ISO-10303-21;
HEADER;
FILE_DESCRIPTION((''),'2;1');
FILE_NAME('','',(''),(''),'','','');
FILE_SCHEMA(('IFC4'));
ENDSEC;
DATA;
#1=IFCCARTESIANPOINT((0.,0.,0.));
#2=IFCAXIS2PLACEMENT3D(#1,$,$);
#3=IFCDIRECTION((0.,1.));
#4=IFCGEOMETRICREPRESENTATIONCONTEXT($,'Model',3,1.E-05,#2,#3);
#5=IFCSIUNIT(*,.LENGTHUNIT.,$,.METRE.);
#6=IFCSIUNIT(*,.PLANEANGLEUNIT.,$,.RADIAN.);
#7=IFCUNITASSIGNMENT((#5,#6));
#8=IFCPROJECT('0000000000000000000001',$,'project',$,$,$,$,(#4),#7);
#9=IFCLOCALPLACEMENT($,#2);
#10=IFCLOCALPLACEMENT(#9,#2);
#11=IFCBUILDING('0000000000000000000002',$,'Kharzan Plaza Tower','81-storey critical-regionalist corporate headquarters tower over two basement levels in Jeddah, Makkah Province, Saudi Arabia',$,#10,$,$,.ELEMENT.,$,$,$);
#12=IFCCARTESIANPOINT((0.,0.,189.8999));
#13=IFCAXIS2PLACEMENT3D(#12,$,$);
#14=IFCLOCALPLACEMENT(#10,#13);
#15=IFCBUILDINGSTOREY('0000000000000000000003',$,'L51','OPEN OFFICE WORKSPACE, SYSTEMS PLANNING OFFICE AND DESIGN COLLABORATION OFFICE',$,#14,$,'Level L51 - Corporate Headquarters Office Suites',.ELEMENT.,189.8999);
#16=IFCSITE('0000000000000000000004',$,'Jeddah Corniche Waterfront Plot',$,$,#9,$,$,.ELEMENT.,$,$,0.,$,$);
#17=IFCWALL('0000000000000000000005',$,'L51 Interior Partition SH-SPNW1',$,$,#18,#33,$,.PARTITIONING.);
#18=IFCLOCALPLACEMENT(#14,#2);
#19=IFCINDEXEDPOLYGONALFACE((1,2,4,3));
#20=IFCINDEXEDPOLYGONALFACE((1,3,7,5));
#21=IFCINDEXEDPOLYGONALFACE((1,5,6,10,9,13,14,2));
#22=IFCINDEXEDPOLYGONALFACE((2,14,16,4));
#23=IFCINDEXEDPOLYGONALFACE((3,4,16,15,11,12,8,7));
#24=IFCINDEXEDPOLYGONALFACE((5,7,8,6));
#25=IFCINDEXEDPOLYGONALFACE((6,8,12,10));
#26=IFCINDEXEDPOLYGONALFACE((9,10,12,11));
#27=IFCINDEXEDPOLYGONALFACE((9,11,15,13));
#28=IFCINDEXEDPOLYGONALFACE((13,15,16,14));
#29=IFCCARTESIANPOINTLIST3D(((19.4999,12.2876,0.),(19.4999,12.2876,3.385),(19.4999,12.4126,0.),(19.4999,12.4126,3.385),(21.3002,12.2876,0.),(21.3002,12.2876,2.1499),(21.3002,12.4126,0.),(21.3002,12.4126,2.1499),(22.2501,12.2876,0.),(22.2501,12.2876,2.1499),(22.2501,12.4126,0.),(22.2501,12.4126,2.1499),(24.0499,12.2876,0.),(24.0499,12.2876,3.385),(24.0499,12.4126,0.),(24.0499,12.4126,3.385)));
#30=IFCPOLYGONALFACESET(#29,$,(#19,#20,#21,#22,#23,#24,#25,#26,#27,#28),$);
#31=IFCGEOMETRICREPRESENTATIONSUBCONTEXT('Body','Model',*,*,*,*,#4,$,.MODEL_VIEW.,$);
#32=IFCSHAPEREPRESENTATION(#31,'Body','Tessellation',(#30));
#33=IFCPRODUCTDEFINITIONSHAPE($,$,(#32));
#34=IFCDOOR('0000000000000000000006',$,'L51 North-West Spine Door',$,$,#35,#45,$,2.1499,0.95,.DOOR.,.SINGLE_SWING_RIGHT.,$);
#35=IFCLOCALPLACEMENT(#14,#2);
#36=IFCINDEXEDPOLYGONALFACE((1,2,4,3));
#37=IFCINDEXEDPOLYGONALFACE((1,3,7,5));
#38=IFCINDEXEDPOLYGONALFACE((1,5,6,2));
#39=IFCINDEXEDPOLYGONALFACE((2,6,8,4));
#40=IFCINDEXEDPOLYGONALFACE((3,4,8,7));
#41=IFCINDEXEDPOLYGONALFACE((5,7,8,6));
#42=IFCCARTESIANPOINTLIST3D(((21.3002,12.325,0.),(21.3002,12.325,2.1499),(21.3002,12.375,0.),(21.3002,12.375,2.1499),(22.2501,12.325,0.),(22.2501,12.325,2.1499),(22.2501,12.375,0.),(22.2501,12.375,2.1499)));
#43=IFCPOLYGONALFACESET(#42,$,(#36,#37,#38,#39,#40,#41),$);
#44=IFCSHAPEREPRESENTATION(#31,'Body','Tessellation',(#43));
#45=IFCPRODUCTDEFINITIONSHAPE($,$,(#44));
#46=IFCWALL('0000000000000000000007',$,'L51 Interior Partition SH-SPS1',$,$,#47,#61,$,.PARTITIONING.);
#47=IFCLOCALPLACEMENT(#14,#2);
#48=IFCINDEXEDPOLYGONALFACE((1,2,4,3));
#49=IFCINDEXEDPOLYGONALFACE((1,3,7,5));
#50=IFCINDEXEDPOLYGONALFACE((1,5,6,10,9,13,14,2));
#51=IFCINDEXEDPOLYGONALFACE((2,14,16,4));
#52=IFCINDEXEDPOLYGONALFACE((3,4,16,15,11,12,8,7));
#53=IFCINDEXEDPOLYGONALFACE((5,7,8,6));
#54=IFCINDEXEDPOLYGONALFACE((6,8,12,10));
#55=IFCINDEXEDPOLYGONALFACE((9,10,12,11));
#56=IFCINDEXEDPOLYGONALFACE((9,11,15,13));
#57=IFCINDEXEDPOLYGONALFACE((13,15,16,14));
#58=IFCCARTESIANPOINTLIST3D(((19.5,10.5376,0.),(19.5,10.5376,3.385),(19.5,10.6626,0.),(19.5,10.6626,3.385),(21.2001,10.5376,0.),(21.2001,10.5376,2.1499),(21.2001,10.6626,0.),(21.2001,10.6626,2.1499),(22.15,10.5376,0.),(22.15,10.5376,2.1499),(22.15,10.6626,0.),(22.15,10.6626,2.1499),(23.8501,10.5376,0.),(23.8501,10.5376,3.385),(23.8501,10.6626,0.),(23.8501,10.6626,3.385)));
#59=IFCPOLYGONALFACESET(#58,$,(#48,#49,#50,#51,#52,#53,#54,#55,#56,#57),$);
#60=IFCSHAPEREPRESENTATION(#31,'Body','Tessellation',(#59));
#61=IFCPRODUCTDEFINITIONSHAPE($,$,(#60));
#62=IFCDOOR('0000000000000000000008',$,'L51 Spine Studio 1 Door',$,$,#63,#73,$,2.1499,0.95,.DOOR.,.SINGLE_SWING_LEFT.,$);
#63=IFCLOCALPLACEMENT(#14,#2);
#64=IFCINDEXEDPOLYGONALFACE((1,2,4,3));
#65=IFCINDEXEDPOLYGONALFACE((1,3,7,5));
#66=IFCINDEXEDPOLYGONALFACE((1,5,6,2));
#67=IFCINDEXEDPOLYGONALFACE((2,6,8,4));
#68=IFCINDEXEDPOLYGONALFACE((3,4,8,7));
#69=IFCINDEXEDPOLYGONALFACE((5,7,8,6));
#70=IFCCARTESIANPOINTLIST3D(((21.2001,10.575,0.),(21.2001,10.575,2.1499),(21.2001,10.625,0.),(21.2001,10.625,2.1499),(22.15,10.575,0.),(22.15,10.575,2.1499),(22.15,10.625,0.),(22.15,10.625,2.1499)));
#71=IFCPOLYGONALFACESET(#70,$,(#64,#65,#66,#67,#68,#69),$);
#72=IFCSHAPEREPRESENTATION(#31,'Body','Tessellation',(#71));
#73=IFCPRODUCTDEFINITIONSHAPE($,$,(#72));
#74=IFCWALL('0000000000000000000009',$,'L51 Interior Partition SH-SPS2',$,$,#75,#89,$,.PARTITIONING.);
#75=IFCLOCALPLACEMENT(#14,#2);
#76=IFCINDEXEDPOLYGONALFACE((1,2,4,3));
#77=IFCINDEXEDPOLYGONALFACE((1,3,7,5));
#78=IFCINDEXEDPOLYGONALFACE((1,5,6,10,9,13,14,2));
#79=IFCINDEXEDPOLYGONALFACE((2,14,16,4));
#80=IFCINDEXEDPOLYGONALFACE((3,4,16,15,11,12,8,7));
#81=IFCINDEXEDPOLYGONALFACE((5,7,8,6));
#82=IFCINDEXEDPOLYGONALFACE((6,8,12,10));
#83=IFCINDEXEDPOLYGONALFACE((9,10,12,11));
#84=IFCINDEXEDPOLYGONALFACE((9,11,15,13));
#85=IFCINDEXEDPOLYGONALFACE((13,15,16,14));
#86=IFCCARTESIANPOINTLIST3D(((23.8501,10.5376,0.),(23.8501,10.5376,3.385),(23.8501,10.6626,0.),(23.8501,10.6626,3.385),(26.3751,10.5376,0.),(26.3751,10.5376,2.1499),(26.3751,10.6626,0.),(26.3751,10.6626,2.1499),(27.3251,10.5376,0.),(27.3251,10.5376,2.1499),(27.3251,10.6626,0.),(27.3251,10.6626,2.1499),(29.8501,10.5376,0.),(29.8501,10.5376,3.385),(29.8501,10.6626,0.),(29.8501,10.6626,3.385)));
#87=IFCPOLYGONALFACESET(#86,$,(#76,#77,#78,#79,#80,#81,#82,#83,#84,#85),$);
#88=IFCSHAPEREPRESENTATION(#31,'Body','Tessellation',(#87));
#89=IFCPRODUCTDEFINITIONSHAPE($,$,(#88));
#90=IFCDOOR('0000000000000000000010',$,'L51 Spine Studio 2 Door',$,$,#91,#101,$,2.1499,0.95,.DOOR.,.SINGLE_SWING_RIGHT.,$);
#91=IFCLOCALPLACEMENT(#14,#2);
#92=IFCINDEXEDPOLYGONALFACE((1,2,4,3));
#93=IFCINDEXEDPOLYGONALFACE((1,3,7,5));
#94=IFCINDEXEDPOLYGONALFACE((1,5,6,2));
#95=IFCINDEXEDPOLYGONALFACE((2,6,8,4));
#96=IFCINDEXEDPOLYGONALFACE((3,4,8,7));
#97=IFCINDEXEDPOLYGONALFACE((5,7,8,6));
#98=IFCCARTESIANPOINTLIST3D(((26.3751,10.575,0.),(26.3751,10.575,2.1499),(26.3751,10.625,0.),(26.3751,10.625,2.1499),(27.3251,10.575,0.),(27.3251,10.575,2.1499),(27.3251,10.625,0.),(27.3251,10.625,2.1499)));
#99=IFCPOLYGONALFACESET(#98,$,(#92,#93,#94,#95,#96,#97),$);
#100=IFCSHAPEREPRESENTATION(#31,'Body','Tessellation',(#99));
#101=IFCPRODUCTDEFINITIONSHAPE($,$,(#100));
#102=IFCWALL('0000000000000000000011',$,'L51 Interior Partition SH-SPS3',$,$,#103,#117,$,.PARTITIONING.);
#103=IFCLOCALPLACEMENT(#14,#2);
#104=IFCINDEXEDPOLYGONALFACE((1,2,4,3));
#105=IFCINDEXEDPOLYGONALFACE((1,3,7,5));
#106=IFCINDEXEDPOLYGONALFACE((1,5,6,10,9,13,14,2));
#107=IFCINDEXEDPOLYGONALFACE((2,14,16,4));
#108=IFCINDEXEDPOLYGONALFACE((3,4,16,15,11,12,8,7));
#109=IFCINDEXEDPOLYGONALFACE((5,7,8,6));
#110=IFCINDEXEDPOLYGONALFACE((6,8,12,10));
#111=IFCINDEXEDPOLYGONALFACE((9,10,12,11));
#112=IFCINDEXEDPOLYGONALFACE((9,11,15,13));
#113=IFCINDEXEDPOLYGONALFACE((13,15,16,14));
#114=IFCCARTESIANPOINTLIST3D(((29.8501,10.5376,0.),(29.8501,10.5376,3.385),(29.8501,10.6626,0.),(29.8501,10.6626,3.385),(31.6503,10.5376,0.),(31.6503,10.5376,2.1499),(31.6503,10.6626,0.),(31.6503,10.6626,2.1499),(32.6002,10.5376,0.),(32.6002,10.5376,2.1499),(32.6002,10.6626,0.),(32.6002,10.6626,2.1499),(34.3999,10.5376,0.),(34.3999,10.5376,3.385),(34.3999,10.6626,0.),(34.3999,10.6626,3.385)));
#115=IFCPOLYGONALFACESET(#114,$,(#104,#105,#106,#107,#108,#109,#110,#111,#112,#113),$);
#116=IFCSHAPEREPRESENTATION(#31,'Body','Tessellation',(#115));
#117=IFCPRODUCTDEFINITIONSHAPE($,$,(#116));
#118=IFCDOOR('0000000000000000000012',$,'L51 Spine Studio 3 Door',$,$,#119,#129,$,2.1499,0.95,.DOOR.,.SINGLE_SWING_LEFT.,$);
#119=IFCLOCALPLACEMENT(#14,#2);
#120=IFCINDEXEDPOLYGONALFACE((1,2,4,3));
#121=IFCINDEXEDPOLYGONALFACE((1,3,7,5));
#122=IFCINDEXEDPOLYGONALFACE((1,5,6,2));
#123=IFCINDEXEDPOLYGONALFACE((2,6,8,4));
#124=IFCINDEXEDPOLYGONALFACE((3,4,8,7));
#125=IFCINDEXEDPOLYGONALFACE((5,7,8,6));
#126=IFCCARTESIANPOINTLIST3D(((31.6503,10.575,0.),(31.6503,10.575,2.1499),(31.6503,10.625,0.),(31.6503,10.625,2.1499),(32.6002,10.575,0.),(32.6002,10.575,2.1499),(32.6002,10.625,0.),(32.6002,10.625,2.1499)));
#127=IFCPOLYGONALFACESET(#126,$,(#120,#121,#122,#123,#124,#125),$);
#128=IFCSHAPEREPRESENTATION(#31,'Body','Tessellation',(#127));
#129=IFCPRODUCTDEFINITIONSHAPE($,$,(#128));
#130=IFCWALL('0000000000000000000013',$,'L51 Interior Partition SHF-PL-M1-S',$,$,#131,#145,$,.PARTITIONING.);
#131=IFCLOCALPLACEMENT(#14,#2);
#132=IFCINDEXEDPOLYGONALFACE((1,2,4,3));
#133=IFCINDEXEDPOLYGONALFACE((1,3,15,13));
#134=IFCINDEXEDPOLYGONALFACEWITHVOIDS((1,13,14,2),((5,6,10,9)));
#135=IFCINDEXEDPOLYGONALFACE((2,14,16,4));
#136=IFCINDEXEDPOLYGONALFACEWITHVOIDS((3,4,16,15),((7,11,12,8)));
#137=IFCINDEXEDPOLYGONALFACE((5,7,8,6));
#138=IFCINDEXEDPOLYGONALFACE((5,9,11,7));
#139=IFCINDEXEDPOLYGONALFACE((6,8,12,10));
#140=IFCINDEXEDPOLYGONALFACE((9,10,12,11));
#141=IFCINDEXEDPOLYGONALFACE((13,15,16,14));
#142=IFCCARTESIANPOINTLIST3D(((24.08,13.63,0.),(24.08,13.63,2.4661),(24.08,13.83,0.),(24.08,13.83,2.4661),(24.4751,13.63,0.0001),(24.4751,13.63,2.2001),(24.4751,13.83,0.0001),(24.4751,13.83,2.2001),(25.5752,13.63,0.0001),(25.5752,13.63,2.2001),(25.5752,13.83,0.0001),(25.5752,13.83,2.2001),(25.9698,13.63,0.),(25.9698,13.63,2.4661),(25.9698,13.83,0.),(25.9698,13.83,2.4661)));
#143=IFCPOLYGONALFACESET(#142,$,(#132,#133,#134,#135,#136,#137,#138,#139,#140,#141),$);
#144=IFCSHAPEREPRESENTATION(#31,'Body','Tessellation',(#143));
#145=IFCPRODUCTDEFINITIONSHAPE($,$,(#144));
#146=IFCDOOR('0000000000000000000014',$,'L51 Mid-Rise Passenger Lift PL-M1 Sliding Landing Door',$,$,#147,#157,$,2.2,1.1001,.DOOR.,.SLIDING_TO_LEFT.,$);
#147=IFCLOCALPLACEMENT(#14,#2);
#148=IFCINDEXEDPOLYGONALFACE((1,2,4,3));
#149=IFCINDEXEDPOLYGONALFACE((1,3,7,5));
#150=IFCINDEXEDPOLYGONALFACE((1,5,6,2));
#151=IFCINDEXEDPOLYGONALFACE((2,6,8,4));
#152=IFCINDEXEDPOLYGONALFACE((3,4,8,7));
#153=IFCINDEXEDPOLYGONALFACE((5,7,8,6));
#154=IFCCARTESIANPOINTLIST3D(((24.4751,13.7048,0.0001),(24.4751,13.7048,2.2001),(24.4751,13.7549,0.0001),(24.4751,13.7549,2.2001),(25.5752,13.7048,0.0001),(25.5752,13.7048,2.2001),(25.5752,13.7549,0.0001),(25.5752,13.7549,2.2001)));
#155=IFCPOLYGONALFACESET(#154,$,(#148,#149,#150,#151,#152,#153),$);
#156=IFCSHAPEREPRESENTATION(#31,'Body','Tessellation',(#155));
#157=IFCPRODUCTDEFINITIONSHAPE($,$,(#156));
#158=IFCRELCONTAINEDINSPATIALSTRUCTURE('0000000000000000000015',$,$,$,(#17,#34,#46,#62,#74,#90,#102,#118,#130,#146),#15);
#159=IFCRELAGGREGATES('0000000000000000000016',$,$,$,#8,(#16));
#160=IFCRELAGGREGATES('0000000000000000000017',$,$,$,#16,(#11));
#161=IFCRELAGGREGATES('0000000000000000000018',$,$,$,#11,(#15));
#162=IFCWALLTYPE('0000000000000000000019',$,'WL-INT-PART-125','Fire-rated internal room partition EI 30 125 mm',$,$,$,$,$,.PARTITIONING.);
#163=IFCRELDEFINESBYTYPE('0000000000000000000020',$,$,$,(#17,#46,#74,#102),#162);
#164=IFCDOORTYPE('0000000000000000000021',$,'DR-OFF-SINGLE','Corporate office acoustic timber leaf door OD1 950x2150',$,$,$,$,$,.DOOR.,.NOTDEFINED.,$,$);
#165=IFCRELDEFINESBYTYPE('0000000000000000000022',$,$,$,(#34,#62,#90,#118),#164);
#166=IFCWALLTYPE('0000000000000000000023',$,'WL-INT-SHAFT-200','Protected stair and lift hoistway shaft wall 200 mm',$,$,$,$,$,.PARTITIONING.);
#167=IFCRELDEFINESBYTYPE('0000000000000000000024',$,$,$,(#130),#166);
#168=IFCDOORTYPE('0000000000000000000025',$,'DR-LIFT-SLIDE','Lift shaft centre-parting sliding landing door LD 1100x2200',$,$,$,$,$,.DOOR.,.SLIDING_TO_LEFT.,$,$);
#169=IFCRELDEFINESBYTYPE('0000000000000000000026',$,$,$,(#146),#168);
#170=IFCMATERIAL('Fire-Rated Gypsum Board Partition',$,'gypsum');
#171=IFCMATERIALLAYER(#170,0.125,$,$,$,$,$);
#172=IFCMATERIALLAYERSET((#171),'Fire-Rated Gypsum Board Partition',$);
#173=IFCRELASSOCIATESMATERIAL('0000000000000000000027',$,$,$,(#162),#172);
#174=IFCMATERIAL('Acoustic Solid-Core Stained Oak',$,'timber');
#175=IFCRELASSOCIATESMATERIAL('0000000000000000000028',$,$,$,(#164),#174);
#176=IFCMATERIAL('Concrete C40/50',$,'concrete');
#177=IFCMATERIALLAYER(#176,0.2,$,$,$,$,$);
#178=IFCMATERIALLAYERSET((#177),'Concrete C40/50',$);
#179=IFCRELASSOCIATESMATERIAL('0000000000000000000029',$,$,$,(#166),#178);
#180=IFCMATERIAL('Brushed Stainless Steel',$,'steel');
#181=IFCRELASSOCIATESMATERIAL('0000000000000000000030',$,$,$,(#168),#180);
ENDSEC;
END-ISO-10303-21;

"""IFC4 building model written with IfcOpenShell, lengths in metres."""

from ifc_helpers import new_model, si_unit, direction, frame, frame_2d, origin, place, context, subcontext, project, spatial, rectangle, extrude, source, transform, mapped, material, layer, layer_set, type_object, element, fill, save


model = new_model("IFC4")

# Units and contexts
model_context = context("Model", 3, precision=1e-05, world=origin(), true_north=direction((0.0, 1.0)))
body_context = subcontext(model_context, "Body", "Model", "MODEL_VIEW")
ifc_project = project(units=[si_unit("LENGTHUNIT", "METRE"), si_unit("PLANEANGLEUNIT", "RADIAN")], contexts=[model_context])

# Site, building, storey
site_placement = place(None, origin())
site = spatial("IfcSite", under=ifc_project, at=site_placement, Name="Jeddah Corniche Waterfront Plot", CompositionType="ELEMENT", RefElevation=0.0)
building_placement = place(site_placement, origin())
building = spatial("IfcBuilding", under=site, at=building_placement, Name="Kharzan Plaza Tower", Description="81-storey critical-regionalist corporate headquarters tower over two basement levels in Jeddah, Makkah Province, Saudi Arabia", CompositionType="ELEMENT")
storey_placement = place(building_placement, frame((0.0, 0.0, 189.8999)))
storey = spatial("IfcBuildingStorey", under=building, at=storey_placement, Name="L51", Description="OPEN OFFICE WORKSPACE, SYSTEMS PLANNING OFFICE AND DESIGN COLLABORATION OFFICE", LongName="Level L51 - Corporate Headquarters Office Suites", CompositionType="ELEMENT", Elevation=189.8999)

# Walls, openings, doors
ifc_material_1 = material(Name="Fire-Rated Gypsum Board Partition", Category="gypsum")
ifc_layer_1 = layer(ifc_material_1, 0.125)
ifc_layer_set_1 = layer_set([ifc_layer_1], Name="Fire-Rated Gypsum Board Partition")
wall_type_1 = type_object("IfcWallType", Name="WL-INT-PART-125", Description="Fire-rated internal room partition EI 30 125 mm", PredefinedType="PARTITIONING", material=ifc_layer_set_1)
wall_1_placement = place(storey_placement, frame((19.5, 12.3501, 0.0), z_axis=(0.0, 0.0, 1.0), x_axis=(1.0, 0.0, 0.0)))
wall_1 = element("IfcWall", 1, at=wall_1_placement, inside=storey, type_object=wall_type_1, Name="L51 Interior Partition SH-SPNW1", PredefinedType="PARTITIONING", context=body_context, shape_type="SweptSolid", body=[
    extrude(rectangle(XDim=4.55, YDim=0.125, at=frame_2d((2.2749, 0.0))), origin(), (0.0, 0.0, 1.0), 3.385),
])
opening_1_placement = place(wall_1_placement, frame((1.8, 0.0, 0.0)))
opening_1 = element("IfcOpeningElement", 2, at=opening_1_placement, cuts=wall_1, PredefinedType="OPENING", context=body_context, shape_type="SweptSolid", body=[
    extrude(rectangle(XDim=0.95, YDim=2.1499, at=frame_2d((0.4751, 1.075))), frame((0.0, 0.0725, 0.0), z_axis=(0.0, -1.0, 0.0), x_axis=(1.0, 0.0, 0.0)), (0.0, 0.0, 1.0), 0.145),
])
ifc_material_2 = material(Name="Acoustic Solid-Core Stained Oak", Category="timber")
door_type_1 = type_object("IfcDoorType", Name="DR-OFF-SINGLE", Description="Corporate office acoustic timber leaf door OD1 950x2150", OperationType="NOTDEFINED", PredefinedType="DOOR", material=ifc_material_2)
shared_shape_1 = source(origin(), body_context, "Body", "SweptSolid", [
    extrude(rectangle(XDim=0.95, YDim=2.1499, at=frame_2d((0.4751, 1.075))), frame((0.0, 0.0249, 0.0), z_axis=(0.0, -1.0, 0.0), x_axis=(1.0, 0.0, 0.0)), (0.0, 0.0, 1.0), 0.05),
])
door_1_placement = place(opening_1_placement, origin())
door_1 = element("IfcDoor", 3, at=door_1_placement, inside=storey, type_object=door_type_1, Name="L51 North-West Spine Door", OperationType="SINGLE_SWING_RIGHT", OverallHeight=2.1499, OverallWidth=0.95, PredefinedType="DOOR", context=body_context, shape_type="MappedRepresentation", body=[
    mapped(shared_shape_1, transform((0.0, 0.0, 0.0), x_axis=(1.0, 0.0, 0.0), y_axis=(0.0, 1.0, 0.0), z_axis=(0.0, 0.0, 1.0))),
])
fill(opening_1, door_1)
wall_2_placement = place(storey_placement, frame((19.5, 10.6001, 0.0), z_axis=(0.0, 0.0, 1.0), x_axis=(1.0, 0.0, 0.0)))
wall_2 = element("IfcWall", 4, at=wall_2_placement, inside=storey, type_object=wall_type_1, Name="L51 Interior Partition SH-SPS1", PredefinedType="PARTITIONING", context=body_context, shape_type="SweptSolid", body=[
    extrude(rectangle(XDim=4.3501, YDim=0.125, at=frame_2d((2.175, 0.0))), origin(), (0.0, 0.0, 1.0), 3.385),
])
opening_2_placement = place(wall_2_placement, frame((1.7, 0.0, 0.0)))
opening_2 = element("IfcOpeningElement", 5, at=opening_2_placement, cuts=wall_2, PredefinedType="OPENING", context=body_context, shape_type="SweptSolid", body=[
    extrude(rectangle(XDim=0.95, YDim=2.1499, at=frame_2d((0.4751, 1.075))), frame((0.0, 0.0725, 0.0), z_axis=(0.0, -1.0, 0.0), x_axis=(1.0, 0.0, 0.0)), (0.0, 0.0, 1.0), 0.145),
])
door_2_placement = place(opening_2_placement, origin())
door_2 = element("IfcDoor", 6, at=door_2_placement, inside=storey, type_object=door_type_1, Name="L51 Spine Studio 1 Door", OperationType="SINGLE_SWING_LEFT", OverallHeight=2.1499, OverallWidth=0.95, PredefinedType="DOOR", context=body_context, shape_type="MappedRepresentation", body=[
    mapped(shared_shape_1, transform((0.0, 0.0, 0.0), x_axis=(1.0, 0.0, 0.0), y_axis=(0.0, 1.0, 0.0), z_axis=(0.0, 0.0, 1.0))),
])
fill(opening_2, door_2)
wall_3_placement = place(storey_placement, frame((23.8501, 10.6001, 0.0), z_axis=(0.0, 0.0, 1.0), x_axis=(1.0, 0.0, 0.0)))
wall_3 = element("IfcWall", 7, at=wall_3_placement, inside=storey, type_object=wall_type_1, Name="L51 Interior Partition SH-SPS2", PredefinedType="PARTITIONING", context=body_context, shape_type="SweptSolid", body=[
    extrude(rectangle(XDim=6.0, YDim=0.125, at=frame_2d((3.0, 0.0))), origin(), (0.0, 0.0, 1.0), 3.385),
])
opening_3_placement = place(wall_3_placement, frame((2.5249, 0.0, 0.0)))
opening_3 = element("IfcOpeningElement", 8, at=opening_3_placement, cuts=wall_3, PredefinedType="OPENING", context=body_context, shape_type="SweptSolid", body=[
    extrude(rectangle(XDim=0.95, YDim=2.1499, at=frame_2d((0.4751, 1.075))), frame((0.0, 0.0725, 0.0), z_axis=(0.0, -1.0, 0.0), x_axis=(1.0, 0.0, 0.0)), (0.0, 0.0, 1.0), 0.145),
])
door_3_placement = place(opening_3_placement, origin())
door_3 = element("IfcDoor", 9, at=door_3_placement, inside=storey, type_object=door_type_1, Name="L51 Spine Studio 2 Door", OperationType="SINGLE_SWING_RIGHT", OverallHeight=2.1499, OverallWidth=0.95, PredefinedType="DOOR", context=body_context, shape_type="MappedRepresentation", body=[
    mapped(shared_shape_1, transform((0.0, 0.0, 0.0), x_axis=(1.0, 0.0, 0.0), y_axis=(0.0, 1.0, 0.0), z_axis=(0.0, 0.0, 1.0))),
])
fill(opening_3, door_3)
wall_4_placement = place(storey_placement, frame((29.8501, 10.6001, 0.0), z_axis=(0.0, 0.0, 1.0), x_axis=(1.0, 0.0, 0.0)))
wall_4 = element("IfcWall", 10, at=wall_4_placement, inside=storey, type_object=wall_type_1, Name="L51 Interior Partition SH-SPS3", PredefinedType="PARTITIONING", context=body_context, shape_type="SweptSolid", body=[
    extrude(rectangle(XDim=4.5498, YDim=0.125, at=frame_2d((2.2749, 0.0))), origin(), (0.0, 0.0, 1.0), 3.385),
])
opening_4_placement = place(wall_4_placement, frame((1.8, 0.0, 0.0)))
opening_4 = element("IfcOpeningElement", 11, at=opening_4_placement, cuts=wall_4, PredefinedType="OPENING", context=body_context, shape_type="SweptSolid", body=[
    extrude(rectangle(XDim=0.95, YDim=2.1499, at=frame_2d((0.4751, 1.075))), frame((0.0, 0.0725, 0.0), z_axis=(0.0, -1.0, 0.0), x_axis=(1.0, 0.0, 0.0)), (0.0, 0.0, 1.0), 0.145),
])
door_4_placement = place(opening_4_placement, origin())
door_4 = element("IfcDoor", 12, at=door_4_placement, inside=storey, type_object=door_type_1, Name="L51 Spine Studio 3 Door", OperationType="SINGLE_SWING_LEFT", OverallHeight=2.1499, OverallWidth=0.95, PredefinedType="DOOR", context=body_context, shape_type="MappedRepresentation", body=[
    mapped(shared_shape_1, transform((0.0, 0.0, 0.0), x_axis=(1.0, 0.0, 0.0), y_axis=(0.0, 1.0, 0.0), z_axis=(0.0, 0.0, 1.0))),
])
fill(opening_4, door_4)
ifc_material_3 = material(Name="Concrete C40/50", Category="concrete")
ifc_layer_2 = layer(ifc_material_3, 0.2)
ifc_layer_set_2 = layer_set([ifc_layer_2], Name="Concrete C40/50")
wall_type_2 = type_object("IfcWallType", Name="WL-INT-SHAFT-200", Description="Protected stair and lift hoistway shaft wall 200 mm", PredefinedType="PARTITIONING", material=ifc_layer_set_2)
wall_5_placement = place(storey_placement, frame((24.0801, 13.73, 0.0), z_axis=(0.0, 0.0, 1.0), x_axis=(1.0, 0.0, 0.0)))
wall_5 = element("IfcWall", 13, at=wall_5_placement, inside=storey, type_object=wall_type_2, Name="L51 Interior Partition SHF-PL-M1-S", PredefinedType="PARTITIONING", context=body_context, shape_type="SweptSolid", body=[
    extrude(rectangle(XDim=1.8899, YDim=0.2, at=frame_2d((0.9448, 0.0))), origin(), (0.0, 0.0, 1.0), 2.4661),
])
opening_5_placement = place(wall_5_placement, frame((0.395, 0.0, 0.0)))
opening_5 = element("IfcOpeningElement", 14, at=opening_5_placement, cuts=wall_5, PredefinedType="OPENING", context=body_context, shape_type="SweptSolid", body=[
    extrude(rectangle(XDim=1.1001, YDim=2.2, at=frame_2d((0.55, 1.1001))), frame((0.0, 0.1099, 0.0), z_axis=(0.0, -1.0, 0.0), x_axis=(1.0, 0.0, 0.0)), (0.0, 0.0, 1.0), 0.22),
])
ifc_material_4 = material(Name="Brushed Stainless Steel", Category="steel")
door_type_2 = type_object("IfcDoorType", Name="DR-LIFT-SLIDE", Description="Lift shaft centre-parting sliding landing door LD 1100x2200", OperationType="SLIDING_TO_LEFT", PredefinedType="DOOR", material=ifc_material_4)
shared_shape_2 = source(origin(), body_context, "Body", "SweptSolid", [
    extrude(rectangle(XDim=1.1001, YDim=2.2, at=frame_2d((0.55, 1.1001))), frame((0.0, 0.0249, 0.0), z_axis=(0.0, -1.0, 0.0), x_axis=(1.0, 0.0, 0.0)), (0.0, 0.0, 1.0), 0.05),
])
door_5_placement = place(opening_5_placement, origin())
door_5 = element("IfcDoor", 15, at=door_5_placement, inside=storey, type_object=door_type_2, Name="L51 Mid-Rise Passenger Lift PL-M1 Sliding Landing Door", OperationType="SLIDING_TO_LEFT", OverallHeight=2.2, OverallWidth=1.1001, PredefinedType="DOOR", context=body_context, shape_type="MappedRepresentation", body=[
    mapped(shared_shape_2, transform((0.0, 0.0, 0.0), x_axis=(1.0, 0.0, 0.0), y_axis=(0.0, 1.0, 0.0), z_axis=(0.0, 0.0, 1.0))),
])
fill(opening_5, door_5)

save(model, "model.ifc")
